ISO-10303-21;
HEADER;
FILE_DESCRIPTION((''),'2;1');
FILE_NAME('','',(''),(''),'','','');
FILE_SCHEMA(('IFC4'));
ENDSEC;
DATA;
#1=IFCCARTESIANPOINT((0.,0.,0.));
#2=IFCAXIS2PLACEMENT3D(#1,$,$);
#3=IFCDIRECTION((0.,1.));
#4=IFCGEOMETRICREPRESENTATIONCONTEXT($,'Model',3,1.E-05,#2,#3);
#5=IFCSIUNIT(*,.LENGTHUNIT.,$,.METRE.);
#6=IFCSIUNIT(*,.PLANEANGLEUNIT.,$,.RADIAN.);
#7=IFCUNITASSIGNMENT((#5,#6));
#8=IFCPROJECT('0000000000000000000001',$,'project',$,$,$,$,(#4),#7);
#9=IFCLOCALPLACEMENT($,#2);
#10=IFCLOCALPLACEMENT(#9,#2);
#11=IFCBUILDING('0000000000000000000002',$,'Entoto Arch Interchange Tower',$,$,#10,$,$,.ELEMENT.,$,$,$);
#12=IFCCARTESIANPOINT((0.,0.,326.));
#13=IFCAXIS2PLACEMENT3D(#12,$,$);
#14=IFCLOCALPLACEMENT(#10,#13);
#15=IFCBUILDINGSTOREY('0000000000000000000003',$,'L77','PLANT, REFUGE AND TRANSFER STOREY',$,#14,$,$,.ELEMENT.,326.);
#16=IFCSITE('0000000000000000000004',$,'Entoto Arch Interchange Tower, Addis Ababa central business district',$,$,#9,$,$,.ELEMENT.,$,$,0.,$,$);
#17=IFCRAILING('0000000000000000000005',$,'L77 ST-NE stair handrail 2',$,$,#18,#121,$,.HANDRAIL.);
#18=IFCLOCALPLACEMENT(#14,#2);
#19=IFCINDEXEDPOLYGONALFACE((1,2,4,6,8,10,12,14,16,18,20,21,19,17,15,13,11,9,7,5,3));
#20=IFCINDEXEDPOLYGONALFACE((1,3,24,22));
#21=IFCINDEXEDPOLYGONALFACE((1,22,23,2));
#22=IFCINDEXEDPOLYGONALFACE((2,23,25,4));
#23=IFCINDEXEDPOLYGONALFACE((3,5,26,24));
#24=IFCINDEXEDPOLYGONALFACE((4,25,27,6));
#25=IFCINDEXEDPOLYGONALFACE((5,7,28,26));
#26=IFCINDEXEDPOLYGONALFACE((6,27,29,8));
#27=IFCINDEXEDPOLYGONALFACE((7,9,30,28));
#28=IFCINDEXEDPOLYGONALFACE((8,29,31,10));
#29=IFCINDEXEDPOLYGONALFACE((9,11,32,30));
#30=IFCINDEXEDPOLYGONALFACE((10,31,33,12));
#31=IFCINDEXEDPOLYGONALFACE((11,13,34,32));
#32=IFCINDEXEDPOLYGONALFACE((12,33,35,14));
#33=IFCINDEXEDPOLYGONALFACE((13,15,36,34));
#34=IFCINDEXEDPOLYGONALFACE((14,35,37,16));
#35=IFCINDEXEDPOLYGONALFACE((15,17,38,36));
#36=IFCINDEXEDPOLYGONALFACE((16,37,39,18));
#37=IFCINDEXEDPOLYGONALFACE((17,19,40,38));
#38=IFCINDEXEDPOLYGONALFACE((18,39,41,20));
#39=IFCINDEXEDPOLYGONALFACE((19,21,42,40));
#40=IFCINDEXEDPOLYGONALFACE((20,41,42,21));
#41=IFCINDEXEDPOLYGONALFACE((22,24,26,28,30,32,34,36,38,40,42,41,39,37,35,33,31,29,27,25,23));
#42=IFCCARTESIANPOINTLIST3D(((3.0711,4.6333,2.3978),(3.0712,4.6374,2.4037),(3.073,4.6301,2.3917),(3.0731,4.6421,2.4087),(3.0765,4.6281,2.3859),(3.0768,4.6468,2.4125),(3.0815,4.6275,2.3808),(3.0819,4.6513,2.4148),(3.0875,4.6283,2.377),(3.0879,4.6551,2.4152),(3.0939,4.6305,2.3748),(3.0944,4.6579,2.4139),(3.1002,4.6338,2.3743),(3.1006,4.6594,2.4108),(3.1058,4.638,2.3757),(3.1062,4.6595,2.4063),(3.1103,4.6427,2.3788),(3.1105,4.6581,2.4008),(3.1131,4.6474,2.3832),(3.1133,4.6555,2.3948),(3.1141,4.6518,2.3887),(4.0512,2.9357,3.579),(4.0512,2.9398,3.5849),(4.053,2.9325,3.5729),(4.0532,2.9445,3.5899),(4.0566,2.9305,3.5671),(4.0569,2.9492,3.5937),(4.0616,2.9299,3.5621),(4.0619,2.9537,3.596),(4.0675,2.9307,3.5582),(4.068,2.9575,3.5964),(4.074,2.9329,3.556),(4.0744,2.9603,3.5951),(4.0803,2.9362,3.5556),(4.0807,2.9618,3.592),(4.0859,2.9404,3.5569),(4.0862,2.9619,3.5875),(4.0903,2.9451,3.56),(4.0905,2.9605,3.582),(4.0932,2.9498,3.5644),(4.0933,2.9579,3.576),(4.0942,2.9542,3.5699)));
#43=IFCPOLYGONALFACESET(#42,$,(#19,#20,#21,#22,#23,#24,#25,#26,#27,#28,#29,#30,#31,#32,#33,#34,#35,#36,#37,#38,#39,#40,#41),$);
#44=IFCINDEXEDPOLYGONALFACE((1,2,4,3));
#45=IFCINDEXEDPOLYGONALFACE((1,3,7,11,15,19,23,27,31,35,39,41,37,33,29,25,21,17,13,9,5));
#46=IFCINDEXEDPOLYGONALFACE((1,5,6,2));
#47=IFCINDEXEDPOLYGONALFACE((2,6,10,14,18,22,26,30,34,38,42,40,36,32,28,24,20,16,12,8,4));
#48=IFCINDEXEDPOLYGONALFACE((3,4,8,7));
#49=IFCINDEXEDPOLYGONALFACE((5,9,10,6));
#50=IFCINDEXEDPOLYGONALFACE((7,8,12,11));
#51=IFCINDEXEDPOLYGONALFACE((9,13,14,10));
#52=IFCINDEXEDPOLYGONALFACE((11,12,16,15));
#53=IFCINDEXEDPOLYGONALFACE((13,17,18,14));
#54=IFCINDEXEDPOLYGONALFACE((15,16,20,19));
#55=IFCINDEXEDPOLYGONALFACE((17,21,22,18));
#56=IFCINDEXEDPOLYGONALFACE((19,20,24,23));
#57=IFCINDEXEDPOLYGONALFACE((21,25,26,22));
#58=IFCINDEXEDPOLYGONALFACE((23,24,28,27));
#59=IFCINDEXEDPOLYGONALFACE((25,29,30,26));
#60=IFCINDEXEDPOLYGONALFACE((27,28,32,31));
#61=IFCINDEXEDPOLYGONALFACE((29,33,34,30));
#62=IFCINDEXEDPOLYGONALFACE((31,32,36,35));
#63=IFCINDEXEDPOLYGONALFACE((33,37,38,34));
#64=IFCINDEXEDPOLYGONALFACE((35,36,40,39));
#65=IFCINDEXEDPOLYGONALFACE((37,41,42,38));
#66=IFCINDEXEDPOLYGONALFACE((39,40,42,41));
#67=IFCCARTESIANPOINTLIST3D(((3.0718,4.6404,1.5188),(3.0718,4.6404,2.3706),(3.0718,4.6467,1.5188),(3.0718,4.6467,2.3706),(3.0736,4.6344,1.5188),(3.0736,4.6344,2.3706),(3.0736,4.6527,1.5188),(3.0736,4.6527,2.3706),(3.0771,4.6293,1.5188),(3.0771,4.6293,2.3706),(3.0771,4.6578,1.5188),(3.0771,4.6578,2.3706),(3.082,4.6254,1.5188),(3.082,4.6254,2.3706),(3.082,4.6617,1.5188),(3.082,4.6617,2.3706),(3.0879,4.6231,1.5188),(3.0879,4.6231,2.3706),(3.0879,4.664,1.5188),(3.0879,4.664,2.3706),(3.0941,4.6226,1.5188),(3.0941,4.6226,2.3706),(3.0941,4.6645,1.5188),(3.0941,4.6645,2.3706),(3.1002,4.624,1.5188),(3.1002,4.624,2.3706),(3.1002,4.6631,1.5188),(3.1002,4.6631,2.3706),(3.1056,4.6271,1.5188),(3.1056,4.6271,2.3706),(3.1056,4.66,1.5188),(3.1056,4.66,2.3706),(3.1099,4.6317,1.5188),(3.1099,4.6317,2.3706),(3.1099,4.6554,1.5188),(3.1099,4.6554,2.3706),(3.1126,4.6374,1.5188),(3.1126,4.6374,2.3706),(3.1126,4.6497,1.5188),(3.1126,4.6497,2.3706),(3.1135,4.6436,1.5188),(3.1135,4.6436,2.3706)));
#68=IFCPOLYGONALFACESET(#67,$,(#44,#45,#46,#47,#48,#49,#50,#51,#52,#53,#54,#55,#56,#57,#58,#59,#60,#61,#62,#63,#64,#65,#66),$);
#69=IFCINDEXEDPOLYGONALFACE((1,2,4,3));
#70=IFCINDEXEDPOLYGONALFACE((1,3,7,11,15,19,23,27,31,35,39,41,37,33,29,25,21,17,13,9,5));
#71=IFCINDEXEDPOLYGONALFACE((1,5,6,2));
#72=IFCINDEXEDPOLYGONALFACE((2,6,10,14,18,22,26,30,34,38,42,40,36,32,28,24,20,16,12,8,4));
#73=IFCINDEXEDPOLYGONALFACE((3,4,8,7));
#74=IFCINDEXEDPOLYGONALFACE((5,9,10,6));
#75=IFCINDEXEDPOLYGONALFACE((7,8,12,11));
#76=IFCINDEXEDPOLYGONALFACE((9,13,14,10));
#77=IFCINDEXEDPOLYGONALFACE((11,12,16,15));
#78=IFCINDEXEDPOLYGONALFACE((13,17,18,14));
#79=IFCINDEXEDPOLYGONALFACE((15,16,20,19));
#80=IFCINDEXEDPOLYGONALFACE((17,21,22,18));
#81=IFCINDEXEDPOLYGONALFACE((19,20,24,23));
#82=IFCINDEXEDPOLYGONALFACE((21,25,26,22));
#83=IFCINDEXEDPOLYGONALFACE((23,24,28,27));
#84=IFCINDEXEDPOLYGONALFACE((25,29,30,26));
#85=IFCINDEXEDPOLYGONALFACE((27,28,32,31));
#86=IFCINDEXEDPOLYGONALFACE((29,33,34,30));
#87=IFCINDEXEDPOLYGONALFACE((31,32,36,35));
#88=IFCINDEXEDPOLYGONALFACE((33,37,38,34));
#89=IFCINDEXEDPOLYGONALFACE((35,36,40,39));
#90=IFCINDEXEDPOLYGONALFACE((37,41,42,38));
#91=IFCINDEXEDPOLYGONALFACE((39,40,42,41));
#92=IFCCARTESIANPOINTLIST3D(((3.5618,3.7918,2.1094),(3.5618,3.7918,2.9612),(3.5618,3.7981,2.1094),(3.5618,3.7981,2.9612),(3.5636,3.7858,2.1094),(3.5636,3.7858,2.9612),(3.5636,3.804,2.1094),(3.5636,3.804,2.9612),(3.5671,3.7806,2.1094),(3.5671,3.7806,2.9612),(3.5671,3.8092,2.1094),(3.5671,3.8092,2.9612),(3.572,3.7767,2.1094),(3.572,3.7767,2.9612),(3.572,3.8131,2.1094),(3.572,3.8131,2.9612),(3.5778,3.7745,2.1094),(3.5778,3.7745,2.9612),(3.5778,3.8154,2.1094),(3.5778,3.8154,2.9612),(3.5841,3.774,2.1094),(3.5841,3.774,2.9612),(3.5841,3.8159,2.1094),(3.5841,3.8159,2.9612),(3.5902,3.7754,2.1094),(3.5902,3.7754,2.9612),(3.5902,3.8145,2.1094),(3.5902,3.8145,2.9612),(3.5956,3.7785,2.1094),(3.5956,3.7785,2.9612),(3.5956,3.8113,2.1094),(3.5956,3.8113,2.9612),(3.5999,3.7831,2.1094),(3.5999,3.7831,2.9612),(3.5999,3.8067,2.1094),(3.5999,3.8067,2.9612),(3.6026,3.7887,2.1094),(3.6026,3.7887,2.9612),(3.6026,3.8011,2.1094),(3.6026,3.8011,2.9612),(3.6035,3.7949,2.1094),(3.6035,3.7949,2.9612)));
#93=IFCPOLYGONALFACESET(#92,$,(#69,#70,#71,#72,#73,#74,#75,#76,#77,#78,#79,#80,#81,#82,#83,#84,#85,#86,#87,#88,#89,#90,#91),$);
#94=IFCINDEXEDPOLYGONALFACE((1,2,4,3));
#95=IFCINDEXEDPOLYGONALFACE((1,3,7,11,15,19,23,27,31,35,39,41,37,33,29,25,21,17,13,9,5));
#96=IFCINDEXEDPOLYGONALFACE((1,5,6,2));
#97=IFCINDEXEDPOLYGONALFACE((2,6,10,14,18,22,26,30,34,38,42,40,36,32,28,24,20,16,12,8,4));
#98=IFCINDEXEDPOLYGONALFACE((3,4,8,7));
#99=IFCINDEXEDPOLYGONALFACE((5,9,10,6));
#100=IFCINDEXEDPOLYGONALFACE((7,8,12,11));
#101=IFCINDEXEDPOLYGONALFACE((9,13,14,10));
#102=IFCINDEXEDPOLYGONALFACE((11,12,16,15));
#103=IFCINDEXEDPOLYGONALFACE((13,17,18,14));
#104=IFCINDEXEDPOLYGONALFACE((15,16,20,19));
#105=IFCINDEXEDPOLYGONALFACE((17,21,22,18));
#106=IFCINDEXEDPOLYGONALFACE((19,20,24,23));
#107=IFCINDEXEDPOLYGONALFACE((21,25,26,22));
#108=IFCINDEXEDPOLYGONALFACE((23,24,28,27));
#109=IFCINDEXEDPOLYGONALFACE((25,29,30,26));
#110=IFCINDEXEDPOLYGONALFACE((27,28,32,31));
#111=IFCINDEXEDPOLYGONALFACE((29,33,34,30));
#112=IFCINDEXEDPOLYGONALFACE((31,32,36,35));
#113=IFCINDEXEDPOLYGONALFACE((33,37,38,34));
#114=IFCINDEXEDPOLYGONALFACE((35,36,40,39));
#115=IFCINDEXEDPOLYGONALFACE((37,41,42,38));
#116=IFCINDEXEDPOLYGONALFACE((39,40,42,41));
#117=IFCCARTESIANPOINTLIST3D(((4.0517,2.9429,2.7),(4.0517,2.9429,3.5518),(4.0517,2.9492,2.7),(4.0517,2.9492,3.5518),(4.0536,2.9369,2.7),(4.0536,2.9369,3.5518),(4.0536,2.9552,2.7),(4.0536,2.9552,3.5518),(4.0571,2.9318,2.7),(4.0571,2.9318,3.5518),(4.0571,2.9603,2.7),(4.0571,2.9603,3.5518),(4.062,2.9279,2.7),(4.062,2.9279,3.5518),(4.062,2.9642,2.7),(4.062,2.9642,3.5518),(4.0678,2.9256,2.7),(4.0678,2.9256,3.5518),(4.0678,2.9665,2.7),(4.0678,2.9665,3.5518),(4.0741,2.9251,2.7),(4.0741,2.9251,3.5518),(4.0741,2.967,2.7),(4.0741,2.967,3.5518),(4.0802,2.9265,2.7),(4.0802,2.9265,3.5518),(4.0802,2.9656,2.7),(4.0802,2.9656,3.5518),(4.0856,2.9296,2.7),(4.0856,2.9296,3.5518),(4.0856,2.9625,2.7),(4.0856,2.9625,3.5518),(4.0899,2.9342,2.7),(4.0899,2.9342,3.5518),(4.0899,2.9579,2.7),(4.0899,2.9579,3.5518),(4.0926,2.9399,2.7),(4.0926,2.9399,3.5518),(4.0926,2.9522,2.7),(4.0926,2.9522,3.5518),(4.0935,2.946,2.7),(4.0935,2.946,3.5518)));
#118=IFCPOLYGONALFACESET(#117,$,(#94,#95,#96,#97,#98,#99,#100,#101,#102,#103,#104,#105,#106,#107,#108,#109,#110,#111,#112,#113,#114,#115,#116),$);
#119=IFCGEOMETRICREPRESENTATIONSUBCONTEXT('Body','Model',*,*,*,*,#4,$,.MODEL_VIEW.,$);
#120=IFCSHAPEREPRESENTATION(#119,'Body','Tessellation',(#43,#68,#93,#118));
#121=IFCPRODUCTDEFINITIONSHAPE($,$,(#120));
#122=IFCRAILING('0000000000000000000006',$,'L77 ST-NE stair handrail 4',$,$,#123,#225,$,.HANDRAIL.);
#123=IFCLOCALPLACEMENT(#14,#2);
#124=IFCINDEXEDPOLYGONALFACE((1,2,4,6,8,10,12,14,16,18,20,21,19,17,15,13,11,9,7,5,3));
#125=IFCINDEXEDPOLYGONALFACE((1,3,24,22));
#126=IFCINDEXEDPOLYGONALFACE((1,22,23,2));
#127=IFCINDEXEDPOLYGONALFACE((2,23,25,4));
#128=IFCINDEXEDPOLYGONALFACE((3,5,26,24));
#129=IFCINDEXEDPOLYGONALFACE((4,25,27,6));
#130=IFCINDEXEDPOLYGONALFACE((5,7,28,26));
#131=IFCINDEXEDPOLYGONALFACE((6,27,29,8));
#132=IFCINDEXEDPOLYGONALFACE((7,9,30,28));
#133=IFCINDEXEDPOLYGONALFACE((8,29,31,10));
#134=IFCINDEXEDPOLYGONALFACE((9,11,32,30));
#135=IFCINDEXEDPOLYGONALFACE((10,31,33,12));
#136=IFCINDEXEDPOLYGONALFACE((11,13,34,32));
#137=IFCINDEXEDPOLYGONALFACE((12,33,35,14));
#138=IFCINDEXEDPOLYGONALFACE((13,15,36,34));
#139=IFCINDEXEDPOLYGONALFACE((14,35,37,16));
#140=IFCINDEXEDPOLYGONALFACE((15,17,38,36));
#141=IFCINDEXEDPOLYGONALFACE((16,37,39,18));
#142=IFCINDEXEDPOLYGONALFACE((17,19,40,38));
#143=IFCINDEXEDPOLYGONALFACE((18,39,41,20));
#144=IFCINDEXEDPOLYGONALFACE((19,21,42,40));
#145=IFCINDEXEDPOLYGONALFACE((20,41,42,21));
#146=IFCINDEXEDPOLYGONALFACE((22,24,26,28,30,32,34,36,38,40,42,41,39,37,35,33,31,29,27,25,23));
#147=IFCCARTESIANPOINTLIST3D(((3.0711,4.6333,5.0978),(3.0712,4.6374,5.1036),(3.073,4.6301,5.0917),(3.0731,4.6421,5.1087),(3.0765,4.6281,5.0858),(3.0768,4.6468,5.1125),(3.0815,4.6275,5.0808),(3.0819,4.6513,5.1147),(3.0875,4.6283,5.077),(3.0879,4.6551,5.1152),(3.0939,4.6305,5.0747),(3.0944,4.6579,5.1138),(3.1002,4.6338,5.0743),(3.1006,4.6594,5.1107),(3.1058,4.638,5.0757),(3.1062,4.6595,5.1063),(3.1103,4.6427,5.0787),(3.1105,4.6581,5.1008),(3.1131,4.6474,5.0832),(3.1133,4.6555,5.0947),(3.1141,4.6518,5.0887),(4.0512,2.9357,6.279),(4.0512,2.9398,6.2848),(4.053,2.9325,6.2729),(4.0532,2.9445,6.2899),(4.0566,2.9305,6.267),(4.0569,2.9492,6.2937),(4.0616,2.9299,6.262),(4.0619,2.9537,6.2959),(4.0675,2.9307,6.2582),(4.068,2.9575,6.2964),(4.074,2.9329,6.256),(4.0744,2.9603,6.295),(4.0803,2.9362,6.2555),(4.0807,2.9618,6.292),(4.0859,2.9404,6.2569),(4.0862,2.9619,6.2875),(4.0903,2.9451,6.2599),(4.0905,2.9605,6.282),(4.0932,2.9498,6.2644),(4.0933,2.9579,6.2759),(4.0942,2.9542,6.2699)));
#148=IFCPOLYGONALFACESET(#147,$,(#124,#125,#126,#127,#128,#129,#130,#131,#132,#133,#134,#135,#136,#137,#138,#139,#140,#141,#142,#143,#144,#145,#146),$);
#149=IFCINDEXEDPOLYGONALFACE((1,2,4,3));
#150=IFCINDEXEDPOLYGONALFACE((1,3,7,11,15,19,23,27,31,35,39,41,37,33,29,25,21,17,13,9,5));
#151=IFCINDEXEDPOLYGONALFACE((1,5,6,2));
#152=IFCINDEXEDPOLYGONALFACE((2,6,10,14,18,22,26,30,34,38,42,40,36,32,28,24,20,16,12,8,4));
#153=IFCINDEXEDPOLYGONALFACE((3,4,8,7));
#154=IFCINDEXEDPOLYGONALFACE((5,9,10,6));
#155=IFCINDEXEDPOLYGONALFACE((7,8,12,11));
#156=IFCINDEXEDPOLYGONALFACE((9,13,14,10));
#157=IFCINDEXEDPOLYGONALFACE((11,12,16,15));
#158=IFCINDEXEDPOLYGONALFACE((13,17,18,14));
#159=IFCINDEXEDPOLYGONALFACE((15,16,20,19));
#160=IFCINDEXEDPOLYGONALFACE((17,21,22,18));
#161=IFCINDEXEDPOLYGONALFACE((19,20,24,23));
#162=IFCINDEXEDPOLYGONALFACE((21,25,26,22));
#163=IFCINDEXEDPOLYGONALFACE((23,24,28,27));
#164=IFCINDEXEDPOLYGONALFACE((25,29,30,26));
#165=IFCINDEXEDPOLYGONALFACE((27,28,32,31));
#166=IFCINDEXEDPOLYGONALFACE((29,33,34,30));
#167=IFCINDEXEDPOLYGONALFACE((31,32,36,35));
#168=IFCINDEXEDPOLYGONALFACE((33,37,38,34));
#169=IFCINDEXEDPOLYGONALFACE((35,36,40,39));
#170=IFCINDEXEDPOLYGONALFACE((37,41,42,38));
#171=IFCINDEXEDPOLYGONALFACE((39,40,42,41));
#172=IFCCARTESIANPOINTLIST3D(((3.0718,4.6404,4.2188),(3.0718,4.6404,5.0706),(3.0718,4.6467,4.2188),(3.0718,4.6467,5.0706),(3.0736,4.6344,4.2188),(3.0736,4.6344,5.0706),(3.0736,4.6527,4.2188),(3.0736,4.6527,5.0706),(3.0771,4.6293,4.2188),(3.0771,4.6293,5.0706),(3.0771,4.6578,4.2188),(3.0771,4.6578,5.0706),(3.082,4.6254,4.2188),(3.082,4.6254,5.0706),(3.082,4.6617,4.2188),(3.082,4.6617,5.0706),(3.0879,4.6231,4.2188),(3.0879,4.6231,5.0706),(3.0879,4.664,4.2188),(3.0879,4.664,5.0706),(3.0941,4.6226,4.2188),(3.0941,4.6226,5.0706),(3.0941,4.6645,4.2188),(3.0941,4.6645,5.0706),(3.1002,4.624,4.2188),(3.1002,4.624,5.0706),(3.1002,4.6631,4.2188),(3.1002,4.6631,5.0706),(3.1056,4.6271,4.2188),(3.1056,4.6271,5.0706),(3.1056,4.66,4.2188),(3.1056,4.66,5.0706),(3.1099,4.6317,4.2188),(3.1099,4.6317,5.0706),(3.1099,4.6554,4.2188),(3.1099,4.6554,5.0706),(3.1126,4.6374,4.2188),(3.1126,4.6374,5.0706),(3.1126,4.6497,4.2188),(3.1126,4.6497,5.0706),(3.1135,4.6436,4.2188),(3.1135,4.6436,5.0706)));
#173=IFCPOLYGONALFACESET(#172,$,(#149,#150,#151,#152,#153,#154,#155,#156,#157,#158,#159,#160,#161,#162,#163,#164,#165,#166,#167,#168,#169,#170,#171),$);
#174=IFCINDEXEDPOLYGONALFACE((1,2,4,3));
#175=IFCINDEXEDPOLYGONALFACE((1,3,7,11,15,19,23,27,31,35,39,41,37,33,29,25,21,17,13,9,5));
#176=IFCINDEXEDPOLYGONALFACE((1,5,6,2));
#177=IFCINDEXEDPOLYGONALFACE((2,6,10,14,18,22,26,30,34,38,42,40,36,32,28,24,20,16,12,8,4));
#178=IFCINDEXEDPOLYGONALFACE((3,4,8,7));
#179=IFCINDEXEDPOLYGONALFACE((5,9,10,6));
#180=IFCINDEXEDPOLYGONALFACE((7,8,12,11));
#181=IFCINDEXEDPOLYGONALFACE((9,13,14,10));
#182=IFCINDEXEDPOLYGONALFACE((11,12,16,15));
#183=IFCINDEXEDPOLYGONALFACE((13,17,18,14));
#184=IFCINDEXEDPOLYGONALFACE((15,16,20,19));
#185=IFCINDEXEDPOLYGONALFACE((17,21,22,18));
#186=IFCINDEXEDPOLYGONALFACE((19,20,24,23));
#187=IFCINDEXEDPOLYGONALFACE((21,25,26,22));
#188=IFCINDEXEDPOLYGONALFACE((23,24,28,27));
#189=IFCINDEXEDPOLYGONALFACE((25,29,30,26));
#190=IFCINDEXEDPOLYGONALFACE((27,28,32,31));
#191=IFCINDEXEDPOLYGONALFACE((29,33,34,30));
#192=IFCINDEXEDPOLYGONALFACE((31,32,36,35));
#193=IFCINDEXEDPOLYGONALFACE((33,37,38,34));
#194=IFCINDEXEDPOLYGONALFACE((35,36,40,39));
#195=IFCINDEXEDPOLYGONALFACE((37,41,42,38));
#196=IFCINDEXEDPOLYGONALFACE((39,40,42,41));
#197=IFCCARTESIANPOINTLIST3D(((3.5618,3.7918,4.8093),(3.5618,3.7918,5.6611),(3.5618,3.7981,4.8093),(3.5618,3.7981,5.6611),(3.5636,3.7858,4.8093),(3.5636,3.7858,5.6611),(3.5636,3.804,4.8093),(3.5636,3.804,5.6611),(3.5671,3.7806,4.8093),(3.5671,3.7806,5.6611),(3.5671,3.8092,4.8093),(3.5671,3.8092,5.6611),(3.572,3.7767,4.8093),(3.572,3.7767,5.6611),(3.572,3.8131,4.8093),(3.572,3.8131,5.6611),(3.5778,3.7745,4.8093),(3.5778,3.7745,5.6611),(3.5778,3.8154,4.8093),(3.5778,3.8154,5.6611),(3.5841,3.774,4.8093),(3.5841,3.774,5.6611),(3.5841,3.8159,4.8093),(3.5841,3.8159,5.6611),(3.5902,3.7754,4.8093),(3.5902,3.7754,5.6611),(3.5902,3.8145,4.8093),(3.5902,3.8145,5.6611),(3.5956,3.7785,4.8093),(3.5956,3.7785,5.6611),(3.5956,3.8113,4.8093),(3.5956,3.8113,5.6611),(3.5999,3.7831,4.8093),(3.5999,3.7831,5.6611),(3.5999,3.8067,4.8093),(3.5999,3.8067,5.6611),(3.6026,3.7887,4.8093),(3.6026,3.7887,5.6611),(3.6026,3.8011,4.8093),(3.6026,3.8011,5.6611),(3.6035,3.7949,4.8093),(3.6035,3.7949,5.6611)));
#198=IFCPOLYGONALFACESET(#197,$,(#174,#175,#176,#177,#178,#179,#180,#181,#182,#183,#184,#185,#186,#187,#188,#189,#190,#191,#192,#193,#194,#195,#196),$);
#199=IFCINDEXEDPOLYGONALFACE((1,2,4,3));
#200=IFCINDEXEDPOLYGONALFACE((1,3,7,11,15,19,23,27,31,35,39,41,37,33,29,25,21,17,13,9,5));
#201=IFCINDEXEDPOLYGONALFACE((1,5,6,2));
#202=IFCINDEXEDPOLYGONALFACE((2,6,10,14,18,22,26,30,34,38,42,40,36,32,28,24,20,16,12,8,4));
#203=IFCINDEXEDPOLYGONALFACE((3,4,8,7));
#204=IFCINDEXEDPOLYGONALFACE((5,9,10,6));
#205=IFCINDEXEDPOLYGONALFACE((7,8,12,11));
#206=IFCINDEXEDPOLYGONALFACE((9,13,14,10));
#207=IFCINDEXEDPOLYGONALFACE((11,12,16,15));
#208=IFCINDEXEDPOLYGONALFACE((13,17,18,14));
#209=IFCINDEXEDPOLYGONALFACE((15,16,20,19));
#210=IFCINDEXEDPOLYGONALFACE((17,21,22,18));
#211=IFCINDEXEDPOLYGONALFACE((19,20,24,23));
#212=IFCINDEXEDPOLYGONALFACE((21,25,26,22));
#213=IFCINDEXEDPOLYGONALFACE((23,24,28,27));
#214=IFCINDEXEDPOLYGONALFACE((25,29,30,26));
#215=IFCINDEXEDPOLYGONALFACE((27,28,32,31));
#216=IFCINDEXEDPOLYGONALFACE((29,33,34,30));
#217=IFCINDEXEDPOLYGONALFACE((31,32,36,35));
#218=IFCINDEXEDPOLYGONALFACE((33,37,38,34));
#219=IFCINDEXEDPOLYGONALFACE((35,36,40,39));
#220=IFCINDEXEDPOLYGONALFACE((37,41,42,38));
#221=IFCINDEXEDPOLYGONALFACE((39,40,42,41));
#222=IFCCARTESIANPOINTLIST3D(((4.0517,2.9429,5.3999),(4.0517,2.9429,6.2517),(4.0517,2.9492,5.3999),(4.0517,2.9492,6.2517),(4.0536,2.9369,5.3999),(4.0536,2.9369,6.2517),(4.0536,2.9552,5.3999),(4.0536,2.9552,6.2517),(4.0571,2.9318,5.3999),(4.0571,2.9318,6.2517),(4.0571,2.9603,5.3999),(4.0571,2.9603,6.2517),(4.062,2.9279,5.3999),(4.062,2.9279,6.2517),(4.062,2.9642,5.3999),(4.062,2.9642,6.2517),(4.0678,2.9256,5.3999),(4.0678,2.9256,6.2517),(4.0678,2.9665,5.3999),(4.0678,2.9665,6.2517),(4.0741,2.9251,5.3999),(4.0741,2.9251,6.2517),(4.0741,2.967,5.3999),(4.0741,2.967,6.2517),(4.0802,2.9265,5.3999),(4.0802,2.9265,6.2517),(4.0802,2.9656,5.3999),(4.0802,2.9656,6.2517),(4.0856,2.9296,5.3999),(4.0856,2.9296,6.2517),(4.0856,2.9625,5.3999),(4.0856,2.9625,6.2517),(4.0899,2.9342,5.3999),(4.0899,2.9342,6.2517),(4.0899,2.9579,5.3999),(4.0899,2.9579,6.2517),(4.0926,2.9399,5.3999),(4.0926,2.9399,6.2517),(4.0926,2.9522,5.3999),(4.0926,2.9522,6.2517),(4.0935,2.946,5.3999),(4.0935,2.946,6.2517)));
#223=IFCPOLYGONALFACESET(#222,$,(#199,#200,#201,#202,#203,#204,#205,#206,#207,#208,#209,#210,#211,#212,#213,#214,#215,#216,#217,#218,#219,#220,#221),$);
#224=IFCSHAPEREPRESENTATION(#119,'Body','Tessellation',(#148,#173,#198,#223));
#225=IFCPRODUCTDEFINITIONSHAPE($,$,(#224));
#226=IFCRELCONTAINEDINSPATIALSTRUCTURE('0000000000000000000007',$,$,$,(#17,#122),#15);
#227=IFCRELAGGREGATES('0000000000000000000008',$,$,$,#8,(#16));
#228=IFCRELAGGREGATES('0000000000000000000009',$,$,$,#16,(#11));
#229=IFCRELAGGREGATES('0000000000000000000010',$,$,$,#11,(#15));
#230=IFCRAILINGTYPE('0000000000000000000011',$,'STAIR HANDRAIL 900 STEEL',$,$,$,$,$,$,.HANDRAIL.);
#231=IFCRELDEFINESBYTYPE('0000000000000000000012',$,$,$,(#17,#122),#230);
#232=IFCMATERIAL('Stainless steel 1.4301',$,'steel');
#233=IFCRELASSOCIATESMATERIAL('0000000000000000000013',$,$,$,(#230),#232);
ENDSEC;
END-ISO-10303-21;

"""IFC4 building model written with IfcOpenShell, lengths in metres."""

from ifc_helpers import new_model, si_unit, direction, frame, origin, origin_2d, place, context, subcontext, project, spatial, circle, extrude, material, type_object, element, save


model = new_model("IFC4")

# Units and contexts
model_context = context("Model", 3, precision=1e-05, world=origin(), true_north=direction((0.0, 1.0)))
body_context = subcontext(model_context, "Body", "Model", "MODEL_VIEW")
ifc_project = project(units=[si_unit("LENGTHUNIT", "METRE"), si_unit("PLANEANGLEUNIT", "RADIAN")], contexts=[model_context])

# Site, building, storey
site_placement = place(None, origin())
site = spatial("IfcSite", under=ifc_project, at=site_placement, Name="Entoto Arch Interchange Tower, Addis Ababa central business district", CompositionType="ELEMENT", RefElevation=0.0)
building_placement = place(site_placement, origin())
building = spatial("IfcBuilding", under=site, at=building_placement, Name="Entoto Arch Interchange Tower", CompositionType="ELEMENT")
storey_placement = place(building_placement, frame((0.0, 0.0, 326.0)))
storey = spatial("IfcBuildingStorey", under=building, at=storey_placement, Name="L77", Description="PLANT, REFUGE AND TRANSFER STOREY", CompositionType="ELEMENT", Elevation=326.0)

# Railings
ifc_material_1 = material(Name="Stainless steel 1.4301", Category="steel")
railing_type = type_object("IfcRailingType", Name="STAIR HANDRAIL 900 STEEL", PredefinedType="HANDRAIL", material=ifc_material_1)
for number, where, name in (
    (1, (3.0925, 4.6436, 1.5188), "L77 ST-NE stair handrail 2"),
    (2, (3.0925, 4.6436, 4.2188), "L77 ST-NE stair handrail 4"),
):
    element("IfcRailing", number, at=place(storey_placement, frame(where)), inside=storey, type_object=railing_type, Name=name, PredefinedType="HANDRAIL", context=body_context, shape_type="SweptSolid", body=[
        extrude(circle(Radius=0.0239, at=origin_2d()), frame((0.0, 0.0, 0.876), z_axis=(0.428228, -0.741771, 0.516135), x_axis=(0.866042, 0.49997, 0.0)), (0.0, 0.0, 1.0), 2.2886),
        extrude(circle(Radius=0.021, at=origin_2d()), origin(), (0.0, 0.0, 1.0), 0.8518),
        extrude(circle(Radius=0.021, at=origin_2d()), frame((0.49, -0.8486, 0.5906)), (0.0, 0.0, 1.0), 0.8518),
        extrude(circle(Radius=0.021, at=origin_2d()), frame((0.98, -1.6975, 1.1812)), (0.0, 0.0, 1.0), 0.8518),
    ])

save(model, "model.ifc")
